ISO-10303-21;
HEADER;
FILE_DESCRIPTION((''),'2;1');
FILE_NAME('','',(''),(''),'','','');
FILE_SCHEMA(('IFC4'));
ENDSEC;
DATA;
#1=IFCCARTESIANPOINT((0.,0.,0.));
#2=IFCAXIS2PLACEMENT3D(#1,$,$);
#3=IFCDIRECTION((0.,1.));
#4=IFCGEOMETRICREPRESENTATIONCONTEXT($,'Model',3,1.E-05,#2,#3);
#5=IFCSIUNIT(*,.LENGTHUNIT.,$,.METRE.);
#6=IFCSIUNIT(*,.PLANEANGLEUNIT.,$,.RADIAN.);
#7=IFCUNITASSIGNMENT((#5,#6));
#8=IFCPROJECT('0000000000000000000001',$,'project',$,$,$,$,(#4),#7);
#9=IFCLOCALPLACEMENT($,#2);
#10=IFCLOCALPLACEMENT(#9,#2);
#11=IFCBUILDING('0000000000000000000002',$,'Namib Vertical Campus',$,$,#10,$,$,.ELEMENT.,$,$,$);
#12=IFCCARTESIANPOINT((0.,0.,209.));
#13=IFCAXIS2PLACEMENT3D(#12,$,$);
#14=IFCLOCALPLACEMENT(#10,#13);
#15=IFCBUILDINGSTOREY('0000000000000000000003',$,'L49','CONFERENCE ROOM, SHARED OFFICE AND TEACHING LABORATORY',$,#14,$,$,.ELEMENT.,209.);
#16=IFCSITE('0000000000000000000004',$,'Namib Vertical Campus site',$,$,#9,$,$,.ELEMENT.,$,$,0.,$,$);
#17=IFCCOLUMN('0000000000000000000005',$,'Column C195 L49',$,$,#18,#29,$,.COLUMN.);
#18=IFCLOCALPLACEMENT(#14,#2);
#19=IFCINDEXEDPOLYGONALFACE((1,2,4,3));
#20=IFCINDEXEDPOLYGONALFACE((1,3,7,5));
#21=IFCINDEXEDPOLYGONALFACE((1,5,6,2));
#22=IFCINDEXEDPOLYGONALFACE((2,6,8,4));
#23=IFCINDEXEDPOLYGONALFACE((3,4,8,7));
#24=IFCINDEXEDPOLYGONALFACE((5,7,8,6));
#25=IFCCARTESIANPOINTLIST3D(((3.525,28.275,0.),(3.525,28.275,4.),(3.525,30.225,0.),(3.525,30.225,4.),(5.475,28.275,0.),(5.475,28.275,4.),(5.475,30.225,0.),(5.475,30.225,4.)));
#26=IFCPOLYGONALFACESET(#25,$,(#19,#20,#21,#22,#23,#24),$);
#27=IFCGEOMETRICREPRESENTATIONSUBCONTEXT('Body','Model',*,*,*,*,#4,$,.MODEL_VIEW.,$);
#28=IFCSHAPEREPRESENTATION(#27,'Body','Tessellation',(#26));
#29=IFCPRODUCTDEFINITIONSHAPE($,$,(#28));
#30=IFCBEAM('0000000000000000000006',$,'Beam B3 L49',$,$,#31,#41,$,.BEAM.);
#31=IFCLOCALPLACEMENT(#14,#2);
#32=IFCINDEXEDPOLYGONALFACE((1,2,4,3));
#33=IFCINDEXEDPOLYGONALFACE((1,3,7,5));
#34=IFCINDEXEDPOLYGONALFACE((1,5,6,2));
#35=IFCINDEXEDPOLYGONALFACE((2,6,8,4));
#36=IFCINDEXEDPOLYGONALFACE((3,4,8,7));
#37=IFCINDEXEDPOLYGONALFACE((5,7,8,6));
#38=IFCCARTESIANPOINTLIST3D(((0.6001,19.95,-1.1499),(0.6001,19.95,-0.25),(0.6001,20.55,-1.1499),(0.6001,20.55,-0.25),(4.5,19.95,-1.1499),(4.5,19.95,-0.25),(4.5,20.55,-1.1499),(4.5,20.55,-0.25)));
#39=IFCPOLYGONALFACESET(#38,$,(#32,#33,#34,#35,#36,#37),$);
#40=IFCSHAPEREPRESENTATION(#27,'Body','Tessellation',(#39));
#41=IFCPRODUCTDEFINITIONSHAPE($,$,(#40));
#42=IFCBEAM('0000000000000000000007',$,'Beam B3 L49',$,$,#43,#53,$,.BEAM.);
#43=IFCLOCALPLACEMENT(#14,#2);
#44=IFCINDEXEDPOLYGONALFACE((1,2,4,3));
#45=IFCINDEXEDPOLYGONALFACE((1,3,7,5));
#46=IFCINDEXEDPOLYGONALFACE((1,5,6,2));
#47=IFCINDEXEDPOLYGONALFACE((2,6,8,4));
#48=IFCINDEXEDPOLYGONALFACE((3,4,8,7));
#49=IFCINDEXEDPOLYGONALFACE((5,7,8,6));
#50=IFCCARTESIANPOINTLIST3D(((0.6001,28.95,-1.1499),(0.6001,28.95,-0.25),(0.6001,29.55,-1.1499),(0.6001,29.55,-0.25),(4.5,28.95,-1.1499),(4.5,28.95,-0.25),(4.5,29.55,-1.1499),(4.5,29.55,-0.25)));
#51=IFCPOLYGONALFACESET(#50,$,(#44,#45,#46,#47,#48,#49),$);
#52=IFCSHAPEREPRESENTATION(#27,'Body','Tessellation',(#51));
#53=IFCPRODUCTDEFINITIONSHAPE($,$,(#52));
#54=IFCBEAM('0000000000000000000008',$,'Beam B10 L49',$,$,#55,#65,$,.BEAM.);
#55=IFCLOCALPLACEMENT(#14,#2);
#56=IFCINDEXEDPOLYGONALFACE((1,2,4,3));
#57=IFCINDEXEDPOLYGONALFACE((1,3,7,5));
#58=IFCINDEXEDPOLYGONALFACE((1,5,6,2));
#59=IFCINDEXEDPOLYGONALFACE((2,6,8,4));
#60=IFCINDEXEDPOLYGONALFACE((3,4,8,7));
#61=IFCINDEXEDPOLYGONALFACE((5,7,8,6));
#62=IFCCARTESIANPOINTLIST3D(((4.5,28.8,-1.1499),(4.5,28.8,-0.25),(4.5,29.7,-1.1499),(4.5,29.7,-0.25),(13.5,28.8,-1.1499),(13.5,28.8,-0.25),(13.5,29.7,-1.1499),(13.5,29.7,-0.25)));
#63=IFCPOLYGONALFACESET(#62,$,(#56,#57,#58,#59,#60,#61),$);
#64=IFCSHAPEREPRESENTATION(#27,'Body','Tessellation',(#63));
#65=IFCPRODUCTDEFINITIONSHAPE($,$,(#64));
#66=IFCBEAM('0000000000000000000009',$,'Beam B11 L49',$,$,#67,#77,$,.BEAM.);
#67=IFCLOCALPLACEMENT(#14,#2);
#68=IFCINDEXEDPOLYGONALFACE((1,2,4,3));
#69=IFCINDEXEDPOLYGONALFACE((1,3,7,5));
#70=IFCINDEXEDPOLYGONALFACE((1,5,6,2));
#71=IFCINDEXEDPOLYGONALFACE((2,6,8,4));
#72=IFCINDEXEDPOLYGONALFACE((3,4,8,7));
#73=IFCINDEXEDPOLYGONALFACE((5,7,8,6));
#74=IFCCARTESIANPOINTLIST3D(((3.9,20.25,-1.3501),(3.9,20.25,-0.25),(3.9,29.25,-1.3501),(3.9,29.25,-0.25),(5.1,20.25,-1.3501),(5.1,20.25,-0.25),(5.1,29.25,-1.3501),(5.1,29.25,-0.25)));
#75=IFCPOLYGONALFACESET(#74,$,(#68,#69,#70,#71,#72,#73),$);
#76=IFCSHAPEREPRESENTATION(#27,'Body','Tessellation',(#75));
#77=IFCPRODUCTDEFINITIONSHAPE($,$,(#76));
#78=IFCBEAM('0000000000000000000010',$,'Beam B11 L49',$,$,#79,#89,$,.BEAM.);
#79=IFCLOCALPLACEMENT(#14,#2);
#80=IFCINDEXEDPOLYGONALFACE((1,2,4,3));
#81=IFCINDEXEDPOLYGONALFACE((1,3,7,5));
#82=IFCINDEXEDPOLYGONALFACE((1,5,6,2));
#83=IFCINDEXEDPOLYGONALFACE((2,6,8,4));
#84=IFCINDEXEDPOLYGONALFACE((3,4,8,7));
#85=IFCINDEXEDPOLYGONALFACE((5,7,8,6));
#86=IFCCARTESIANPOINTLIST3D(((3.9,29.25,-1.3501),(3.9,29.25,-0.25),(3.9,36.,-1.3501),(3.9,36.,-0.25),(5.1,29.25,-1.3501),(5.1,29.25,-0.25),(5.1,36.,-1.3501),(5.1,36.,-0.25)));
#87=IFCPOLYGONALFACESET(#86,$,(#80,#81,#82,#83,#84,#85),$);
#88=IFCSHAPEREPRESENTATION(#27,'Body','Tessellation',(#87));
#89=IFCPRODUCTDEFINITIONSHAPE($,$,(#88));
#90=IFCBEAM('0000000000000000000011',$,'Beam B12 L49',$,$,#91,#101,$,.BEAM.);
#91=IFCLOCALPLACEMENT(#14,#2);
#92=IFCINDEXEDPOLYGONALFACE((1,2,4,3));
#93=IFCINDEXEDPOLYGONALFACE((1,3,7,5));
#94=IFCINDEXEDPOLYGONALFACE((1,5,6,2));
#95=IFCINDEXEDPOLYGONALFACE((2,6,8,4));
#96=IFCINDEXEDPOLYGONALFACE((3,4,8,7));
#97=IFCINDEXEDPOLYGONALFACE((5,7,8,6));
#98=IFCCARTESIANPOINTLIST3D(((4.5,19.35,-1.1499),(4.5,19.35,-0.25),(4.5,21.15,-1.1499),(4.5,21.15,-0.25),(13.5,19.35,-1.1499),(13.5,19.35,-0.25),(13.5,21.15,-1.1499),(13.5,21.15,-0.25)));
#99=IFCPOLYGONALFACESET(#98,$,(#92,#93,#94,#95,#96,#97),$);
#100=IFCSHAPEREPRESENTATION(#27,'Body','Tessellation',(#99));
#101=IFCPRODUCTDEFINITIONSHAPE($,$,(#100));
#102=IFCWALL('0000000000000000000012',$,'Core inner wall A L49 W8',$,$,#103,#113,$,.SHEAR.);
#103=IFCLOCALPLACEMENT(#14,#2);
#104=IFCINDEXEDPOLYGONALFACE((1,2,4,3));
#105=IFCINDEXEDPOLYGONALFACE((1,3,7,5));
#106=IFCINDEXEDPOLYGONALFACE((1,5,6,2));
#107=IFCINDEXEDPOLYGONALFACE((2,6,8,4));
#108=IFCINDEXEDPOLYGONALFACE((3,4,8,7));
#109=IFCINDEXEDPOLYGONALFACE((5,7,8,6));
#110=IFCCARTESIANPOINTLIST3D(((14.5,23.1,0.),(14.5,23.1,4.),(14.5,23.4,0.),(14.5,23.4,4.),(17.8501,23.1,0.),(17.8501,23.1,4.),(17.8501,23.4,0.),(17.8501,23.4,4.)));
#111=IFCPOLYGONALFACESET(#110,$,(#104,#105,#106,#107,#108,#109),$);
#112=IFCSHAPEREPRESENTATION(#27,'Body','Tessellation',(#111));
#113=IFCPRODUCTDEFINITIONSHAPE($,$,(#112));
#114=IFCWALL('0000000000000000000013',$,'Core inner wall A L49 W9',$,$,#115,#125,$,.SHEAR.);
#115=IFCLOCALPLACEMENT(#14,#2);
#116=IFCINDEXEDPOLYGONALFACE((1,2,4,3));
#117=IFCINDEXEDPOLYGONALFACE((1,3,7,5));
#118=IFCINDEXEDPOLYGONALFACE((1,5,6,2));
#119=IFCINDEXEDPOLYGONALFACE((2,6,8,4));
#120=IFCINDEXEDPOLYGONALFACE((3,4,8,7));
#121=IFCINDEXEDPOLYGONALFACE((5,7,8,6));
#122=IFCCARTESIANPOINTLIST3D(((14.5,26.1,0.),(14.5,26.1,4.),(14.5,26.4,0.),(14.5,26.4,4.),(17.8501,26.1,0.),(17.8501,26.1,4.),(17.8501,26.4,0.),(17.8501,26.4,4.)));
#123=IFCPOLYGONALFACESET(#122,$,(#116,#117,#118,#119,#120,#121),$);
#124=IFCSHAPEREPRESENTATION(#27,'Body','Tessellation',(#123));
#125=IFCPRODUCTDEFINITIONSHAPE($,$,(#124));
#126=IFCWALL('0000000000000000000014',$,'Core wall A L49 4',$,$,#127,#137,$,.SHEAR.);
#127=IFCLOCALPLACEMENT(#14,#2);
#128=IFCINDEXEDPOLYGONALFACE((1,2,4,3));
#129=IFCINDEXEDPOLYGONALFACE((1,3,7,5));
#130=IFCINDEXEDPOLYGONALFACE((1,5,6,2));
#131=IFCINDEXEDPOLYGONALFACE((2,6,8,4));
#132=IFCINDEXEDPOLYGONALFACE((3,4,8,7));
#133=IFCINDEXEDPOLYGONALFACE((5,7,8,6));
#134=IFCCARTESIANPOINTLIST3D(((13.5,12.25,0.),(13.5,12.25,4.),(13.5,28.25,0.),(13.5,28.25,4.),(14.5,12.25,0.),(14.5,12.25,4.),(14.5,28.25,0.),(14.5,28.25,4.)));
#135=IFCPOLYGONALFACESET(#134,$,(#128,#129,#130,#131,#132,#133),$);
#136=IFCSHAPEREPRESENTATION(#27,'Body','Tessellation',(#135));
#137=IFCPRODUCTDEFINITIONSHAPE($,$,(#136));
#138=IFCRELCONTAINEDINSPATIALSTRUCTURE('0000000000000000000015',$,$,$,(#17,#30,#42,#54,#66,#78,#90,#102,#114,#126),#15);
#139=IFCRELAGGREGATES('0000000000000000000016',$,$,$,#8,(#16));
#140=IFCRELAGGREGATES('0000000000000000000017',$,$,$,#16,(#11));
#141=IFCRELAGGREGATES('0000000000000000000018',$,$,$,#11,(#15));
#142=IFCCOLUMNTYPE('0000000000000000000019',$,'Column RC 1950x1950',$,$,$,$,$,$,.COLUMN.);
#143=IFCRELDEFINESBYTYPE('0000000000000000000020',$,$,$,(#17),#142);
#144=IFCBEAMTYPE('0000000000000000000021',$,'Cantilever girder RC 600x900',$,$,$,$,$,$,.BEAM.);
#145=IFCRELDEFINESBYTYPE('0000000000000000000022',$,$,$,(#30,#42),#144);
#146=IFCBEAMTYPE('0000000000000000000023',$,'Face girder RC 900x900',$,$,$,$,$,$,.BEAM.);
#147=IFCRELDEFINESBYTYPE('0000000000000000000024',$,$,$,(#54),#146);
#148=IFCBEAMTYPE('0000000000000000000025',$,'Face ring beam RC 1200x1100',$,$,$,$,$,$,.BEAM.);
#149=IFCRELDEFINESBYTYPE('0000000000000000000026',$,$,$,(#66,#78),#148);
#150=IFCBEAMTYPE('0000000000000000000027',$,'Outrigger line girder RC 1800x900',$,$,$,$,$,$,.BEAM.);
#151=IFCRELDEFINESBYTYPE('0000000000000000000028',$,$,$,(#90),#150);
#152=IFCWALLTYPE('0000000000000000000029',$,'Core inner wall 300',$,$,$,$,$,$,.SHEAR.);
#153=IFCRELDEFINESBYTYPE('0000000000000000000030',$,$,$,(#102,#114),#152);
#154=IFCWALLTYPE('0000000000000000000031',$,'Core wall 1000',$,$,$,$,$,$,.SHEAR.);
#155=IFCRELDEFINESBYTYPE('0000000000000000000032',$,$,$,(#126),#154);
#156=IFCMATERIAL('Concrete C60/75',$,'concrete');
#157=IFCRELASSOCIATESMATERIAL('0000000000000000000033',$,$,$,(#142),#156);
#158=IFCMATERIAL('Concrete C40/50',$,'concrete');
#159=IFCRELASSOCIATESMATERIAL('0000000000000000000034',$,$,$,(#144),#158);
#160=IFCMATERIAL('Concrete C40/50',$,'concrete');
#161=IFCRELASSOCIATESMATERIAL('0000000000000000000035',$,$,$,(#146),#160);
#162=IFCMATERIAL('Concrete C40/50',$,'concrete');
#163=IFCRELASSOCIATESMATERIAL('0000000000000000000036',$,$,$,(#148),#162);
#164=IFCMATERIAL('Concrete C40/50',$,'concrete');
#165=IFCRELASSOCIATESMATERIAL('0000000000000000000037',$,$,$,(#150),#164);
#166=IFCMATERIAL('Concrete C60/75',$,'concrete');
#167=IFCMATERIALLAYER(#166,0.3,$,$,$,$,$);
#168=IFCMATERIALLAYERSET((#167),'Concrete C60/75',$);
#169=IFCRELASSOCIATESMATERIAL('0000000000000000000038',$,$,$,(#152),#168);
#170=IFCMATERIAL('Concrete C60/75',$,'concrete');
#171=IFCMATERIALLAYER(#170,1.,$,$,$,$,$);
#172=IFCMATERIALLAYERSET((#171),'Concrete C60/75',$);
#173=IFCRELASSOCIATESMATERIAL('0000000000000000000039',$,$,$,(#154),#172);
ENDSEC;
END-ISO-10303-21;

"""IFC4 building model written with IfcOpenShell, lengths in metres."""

from ifc_helpers import new_model, si_unit, direction, frame, frame_2d, origin, origin_2d, place, context, subcontext, project, spatial, rectangle, extrude, material, layer, layer_set, material_profile, profile_set, type_object, element, save


model = new_model("IFC4")

# Units and contexts
model_context = context("Model", 3, precision=1e-05, world=origin(), true_north=direction((0.0, 1.0)))
body_context = subcontext(model_context, "Body", "Model", "MODEL_VIEW")
ifc_project = project(units=[si_unit("LENGTHUNIT", "METRE"), si_unit("PLANEANGLEUNIT", "RADIAN")], contexts=[model_context])

# Site, building, storey
site_placement = place(None, origin())
site = spatial("IfcSite", under=ifc_project, at=site_placement, Name="Namib Vertical Campus site", CompositionType="ELEMENT", RefElevation=0.0)
building_placement = place(site_placement, origin())
building = spatial("IfcBuilding", under=site, at=building_placement, Name="Namib Vertical Campus", CompositionType="ELEMENT")
storey_placement = place(building_placement, frame((0.0, 0.0, 209.0)))
storey = spatial("IfcBuildingStorey", under=building, at=storey_placement, Name="L49", Description="CONFERENCE ROOM, SHARED OFFICE AND TEACHING LABORATORY", CompositionType="ELEMENT", Elevation=209.0)

# Column
ifc_material_1 = material(Name="Concrete C60/75", Category="concrete")
ifc_material_profile_1 = material_profile(ifc_material_1, rectangle(XDim=1.95, YDim=1.95, at=origin_2d()))
ifc_profile_set_1 = profile_set([ifc_material_profile_1], Name="Concrete C60/75")
column_type = type_object("IfcColumnType", Name="Column RC 1950x1950", PredefinedType="COLUMN", material=ifc_profile_set_1)
column_placement = place(storey_placement, frame((4.5, 29.25, 0.0), z_axis=(0.0, 0.0, 1.0), x_axis=(1.0, 0.0, 0.0)))
element("IfcColumn", 1, at=column_placement, inside=storey, type_object=column_type, Name="Column C195 L49", PredefinedType="COLUMN", context=body_context, shape_type="SweptSolid", body=[
    extrude(rectangle(XDim=1.95, YDim=1.95, at=origin_2d()), origin(), (0.0, 0.0, 1.0), 4.0),
])

# Beams
ifc_material_2 = material(Name="Concrete C40/50", Category="concrete")
ifc_material_profile_2 = material_profile(ifc_material_2, rectangle(XDim=0.6001, YDim=0.8999, at=origin_2d()))
ifc_profile_set_2 = profile_set([ifc_material_profile_2], Name="Concrete C40/50")
beam_type_1 = type_object("IfcBeamType", Name="Cantilever girder RC 600x900", PredefinedType="BEAM", material=ifc_profile_set_2)
for number, where, z_axis, x_axis, name in (
    (2, (4.5, 20.25, -0.7), (-1.0, 0.0, 0.0), (0.0, -1.0, 0.0), "Beam B3 L49"),
    (3, (4.5, 29.25, -0.7), (-1.0, 0.0, 0.0), (0.0, -1.0, 0.0), "Beam B3 L49"),
):
    element("IfcBeam", number, at=place(storey_placement, frame(where, z_axis=z_axis, x_axis=x_axis)), inside=storey, type_object=beam_type_1, Name=name, PredefinedType="BEAM", context=body_context, shape_type="SweptSolid", body=[
        extrude(rectangle(XDim=0.6001, YDim=0.8999, at=origin_2d()), origin(), (0.0, 0.0, 1.0), 3.8999),
    ])
ifc_material_3 = material(Name="Concrete C40/50", Category="concrete")
ifc_material_profile_3 = material_profile(ifc_material_3, rectangle(XDim=0.8999, YDim=0.8999, at=origin_2d()))
ifc_profile_set_3 = profile_set([ifc_material_profile_3], Name="Concrete C40/50")
beam_type_2 = type_object("IfcBeamType", Name="Face girder RC 900x900", PredefinedType="BEAM", material=ifc_profile_set_3)
beam_1_placement = place(storey_placement, frame((4.5, 29.25, -0.7), z_axis=(1.0, 0.0, 0.0), x_axis=(0.0, 1.0, 0.0)))
element("IfcBeam", 4, at=beam_1_placement, inside=storey, type_object=beam_type_2, Name="Beam B10 L49", PredefinedType="BEAM", context=body_context, shape_type="SweptSolid", body=[
    extrude(rectangle(XDim=0.8999, YDim=0.8999, at=origin_2d()), origin(), (0.0, 0.0, 1.0), 9.0),
])
ifc_material_4 = material(Name="Concrete C40/50", Category="concrete")
ifc_material_profile_4 = material_profile(ifc_material_4, rectangle(XDim=1.2, YDim=1.1001, at=origin_2d()))
ifc_profile_set_4 = profile_set([ifc_material_profile_4], Name="Concrete C40/50")
beam_type_3 = type_object("IfcBeamType", Name="Face ring beam RC 1200x1100", PredefinedType="BEAM", material=ifc_profile_set_4)
beam_2_placement = place(storey_placement, frame((4.5, 20.25, -0.8), z_axis=(0.0, 1.0, 0.0), x_axis=(-1.0, 0.0, 0.0)))
element("IfcBeam", 5, at=beam_2_placement, inside=storey, type_object=beam_type_3, Name="Beam B11 L49", PredefinedType="BEAM", context=body_context, shape_type="SweptSolid", body=[
    extrude(rectangle(XDim=1.2, YDim=1.1001, at=origin_2d()), origin(), (0.0, 0.0, 1.0), 9.0),
])
beam_3_placement = place(storey_placement, frame((4.5, 29.25, -0.8), z_axis=(0.0, 1.0, 0.0), x_axis=(-1.0, 0.0, 0.0)))
element("IfcBeam", 6, at=beam_3_placement, inside=storey, type_object=beam_type_3, Name="Beam B11 L49", PredefinedType="BEAM", context=body_context, shape_type="SweptSolid", body=[
    extrude(rectangle(XDim=1.2, YDim=1.1001, at=origin_2d()), origin(), (0.0, 0.0, 1.0), 6.75),
])
ifc_material_5 = material(Name="Concrete C40/50", Category="concrete")
ifc_material_profile_5 = material_profile(ifc_material_5, rectangle(XDim=1.8, YDim=0.8999, at=origin_2d()))
ifc_profile_set_5 = profile_set([ifc_material_profile_5], Name="Concrete C40/50")
beam_type_4 = type_object("IfcBeamType", Name="Outrigger line girder RC 1800x900", PredefinedType="BEAM", material=ifc_profile_set_5)
beam_4_placement = place(storey_placement, frame((4.5, 20.25, -0.7), z_axis=(1.0, 0.0, 0.0), x_axis=(0.0, 1.0, 0.0)))
element("IfcBeam", 7, at=beam_4_placement, inside=storey, type_object=beam_type_4, Name="Beam B12 L49", PredefinedType="BEAM", context=body_context, shape_type="SweptSolid", body=[
    extrude(rectangle(XDim=1.8, YDim=0.8999, at=origin_2d()), origin(), (0.0, 0.0, 1.0), 9.0),
])

# Walls
ifc_material_6 = material(Name="Concrete C60/75", Category="concrete")
ifc_layer_1 = layer(ifc_material_6, 0.3)
ifc_layer_set_1 = layer_set([ifc_layer_1], Name="Concrete C60/75")
wall_type_1 = type_object("IfcWallType", Name="Core inner wall 300", PredefinedType="SHEAR", material=ifc_layer_set_1)
for number, where, z_axis, x_axis, name in (
    (8, (14.5, 23.25, 0.0), (0.0, 0.0, 1.0), (1.0, 0.0, 0.0), "Core inner wall A L49 W8"),
    (9, (14.5, 26.25, 0.0), (0.0, 0.0, 1.0), (1.0, 0.0, 0.0), "Core inner wall A L49 W9"),
):
    element("IfcWall", number, at=place(storey_placement, frame(where, z_axis=z_axis, x_axis=x_axis)), inside=storey, type_object=wall_type_1, Name=name, PredefinedType="SHEAR", context=body_context, shape_type="SweptSolid", body=[
        extrude(rectangle(XDim=3.3501, YDim=0.3, at=frame_2d((1.675, 0.0))), origin(), (0.0, 0.0, 1.0), 4.0),
    ])
ifc_material_7 = material(Name="Concrete C60/75", Category="concrete")
ifc_layer_2 = layer(ifc_material_7, 1.0)
ifc_layer_set_2 = layer_set([ifc_layer_2], Name="Concrete C60/75")
wall_type_2 = type_object("IfcWallType", Name="Core wall 1000", PredefinedType="SHEAR", material=ifc_layer_set_2)
wall_1_placement = place(storey_placement, frame((14.0, 28.25, 0.0), z_axis=(0.0, 0.0, 1.0), x_axis=(0.0, -1.0, 0.0)))
element("IfcWall", 10, at=wall_1_placement, inside=storey, type_object=wall_type_2, Name="Core wall A L49 4", PredefinedType="SHEAR", context=body_context, shape_type="SweptSolid", body=[
    extrude(rectangle(XDim=16.0, YDim=1.0, at=frame_2d((8.0, 0.0))), origin(), (0.0, 0.0, 1.0), 4.0),
])

save(model, "model.ifc")
